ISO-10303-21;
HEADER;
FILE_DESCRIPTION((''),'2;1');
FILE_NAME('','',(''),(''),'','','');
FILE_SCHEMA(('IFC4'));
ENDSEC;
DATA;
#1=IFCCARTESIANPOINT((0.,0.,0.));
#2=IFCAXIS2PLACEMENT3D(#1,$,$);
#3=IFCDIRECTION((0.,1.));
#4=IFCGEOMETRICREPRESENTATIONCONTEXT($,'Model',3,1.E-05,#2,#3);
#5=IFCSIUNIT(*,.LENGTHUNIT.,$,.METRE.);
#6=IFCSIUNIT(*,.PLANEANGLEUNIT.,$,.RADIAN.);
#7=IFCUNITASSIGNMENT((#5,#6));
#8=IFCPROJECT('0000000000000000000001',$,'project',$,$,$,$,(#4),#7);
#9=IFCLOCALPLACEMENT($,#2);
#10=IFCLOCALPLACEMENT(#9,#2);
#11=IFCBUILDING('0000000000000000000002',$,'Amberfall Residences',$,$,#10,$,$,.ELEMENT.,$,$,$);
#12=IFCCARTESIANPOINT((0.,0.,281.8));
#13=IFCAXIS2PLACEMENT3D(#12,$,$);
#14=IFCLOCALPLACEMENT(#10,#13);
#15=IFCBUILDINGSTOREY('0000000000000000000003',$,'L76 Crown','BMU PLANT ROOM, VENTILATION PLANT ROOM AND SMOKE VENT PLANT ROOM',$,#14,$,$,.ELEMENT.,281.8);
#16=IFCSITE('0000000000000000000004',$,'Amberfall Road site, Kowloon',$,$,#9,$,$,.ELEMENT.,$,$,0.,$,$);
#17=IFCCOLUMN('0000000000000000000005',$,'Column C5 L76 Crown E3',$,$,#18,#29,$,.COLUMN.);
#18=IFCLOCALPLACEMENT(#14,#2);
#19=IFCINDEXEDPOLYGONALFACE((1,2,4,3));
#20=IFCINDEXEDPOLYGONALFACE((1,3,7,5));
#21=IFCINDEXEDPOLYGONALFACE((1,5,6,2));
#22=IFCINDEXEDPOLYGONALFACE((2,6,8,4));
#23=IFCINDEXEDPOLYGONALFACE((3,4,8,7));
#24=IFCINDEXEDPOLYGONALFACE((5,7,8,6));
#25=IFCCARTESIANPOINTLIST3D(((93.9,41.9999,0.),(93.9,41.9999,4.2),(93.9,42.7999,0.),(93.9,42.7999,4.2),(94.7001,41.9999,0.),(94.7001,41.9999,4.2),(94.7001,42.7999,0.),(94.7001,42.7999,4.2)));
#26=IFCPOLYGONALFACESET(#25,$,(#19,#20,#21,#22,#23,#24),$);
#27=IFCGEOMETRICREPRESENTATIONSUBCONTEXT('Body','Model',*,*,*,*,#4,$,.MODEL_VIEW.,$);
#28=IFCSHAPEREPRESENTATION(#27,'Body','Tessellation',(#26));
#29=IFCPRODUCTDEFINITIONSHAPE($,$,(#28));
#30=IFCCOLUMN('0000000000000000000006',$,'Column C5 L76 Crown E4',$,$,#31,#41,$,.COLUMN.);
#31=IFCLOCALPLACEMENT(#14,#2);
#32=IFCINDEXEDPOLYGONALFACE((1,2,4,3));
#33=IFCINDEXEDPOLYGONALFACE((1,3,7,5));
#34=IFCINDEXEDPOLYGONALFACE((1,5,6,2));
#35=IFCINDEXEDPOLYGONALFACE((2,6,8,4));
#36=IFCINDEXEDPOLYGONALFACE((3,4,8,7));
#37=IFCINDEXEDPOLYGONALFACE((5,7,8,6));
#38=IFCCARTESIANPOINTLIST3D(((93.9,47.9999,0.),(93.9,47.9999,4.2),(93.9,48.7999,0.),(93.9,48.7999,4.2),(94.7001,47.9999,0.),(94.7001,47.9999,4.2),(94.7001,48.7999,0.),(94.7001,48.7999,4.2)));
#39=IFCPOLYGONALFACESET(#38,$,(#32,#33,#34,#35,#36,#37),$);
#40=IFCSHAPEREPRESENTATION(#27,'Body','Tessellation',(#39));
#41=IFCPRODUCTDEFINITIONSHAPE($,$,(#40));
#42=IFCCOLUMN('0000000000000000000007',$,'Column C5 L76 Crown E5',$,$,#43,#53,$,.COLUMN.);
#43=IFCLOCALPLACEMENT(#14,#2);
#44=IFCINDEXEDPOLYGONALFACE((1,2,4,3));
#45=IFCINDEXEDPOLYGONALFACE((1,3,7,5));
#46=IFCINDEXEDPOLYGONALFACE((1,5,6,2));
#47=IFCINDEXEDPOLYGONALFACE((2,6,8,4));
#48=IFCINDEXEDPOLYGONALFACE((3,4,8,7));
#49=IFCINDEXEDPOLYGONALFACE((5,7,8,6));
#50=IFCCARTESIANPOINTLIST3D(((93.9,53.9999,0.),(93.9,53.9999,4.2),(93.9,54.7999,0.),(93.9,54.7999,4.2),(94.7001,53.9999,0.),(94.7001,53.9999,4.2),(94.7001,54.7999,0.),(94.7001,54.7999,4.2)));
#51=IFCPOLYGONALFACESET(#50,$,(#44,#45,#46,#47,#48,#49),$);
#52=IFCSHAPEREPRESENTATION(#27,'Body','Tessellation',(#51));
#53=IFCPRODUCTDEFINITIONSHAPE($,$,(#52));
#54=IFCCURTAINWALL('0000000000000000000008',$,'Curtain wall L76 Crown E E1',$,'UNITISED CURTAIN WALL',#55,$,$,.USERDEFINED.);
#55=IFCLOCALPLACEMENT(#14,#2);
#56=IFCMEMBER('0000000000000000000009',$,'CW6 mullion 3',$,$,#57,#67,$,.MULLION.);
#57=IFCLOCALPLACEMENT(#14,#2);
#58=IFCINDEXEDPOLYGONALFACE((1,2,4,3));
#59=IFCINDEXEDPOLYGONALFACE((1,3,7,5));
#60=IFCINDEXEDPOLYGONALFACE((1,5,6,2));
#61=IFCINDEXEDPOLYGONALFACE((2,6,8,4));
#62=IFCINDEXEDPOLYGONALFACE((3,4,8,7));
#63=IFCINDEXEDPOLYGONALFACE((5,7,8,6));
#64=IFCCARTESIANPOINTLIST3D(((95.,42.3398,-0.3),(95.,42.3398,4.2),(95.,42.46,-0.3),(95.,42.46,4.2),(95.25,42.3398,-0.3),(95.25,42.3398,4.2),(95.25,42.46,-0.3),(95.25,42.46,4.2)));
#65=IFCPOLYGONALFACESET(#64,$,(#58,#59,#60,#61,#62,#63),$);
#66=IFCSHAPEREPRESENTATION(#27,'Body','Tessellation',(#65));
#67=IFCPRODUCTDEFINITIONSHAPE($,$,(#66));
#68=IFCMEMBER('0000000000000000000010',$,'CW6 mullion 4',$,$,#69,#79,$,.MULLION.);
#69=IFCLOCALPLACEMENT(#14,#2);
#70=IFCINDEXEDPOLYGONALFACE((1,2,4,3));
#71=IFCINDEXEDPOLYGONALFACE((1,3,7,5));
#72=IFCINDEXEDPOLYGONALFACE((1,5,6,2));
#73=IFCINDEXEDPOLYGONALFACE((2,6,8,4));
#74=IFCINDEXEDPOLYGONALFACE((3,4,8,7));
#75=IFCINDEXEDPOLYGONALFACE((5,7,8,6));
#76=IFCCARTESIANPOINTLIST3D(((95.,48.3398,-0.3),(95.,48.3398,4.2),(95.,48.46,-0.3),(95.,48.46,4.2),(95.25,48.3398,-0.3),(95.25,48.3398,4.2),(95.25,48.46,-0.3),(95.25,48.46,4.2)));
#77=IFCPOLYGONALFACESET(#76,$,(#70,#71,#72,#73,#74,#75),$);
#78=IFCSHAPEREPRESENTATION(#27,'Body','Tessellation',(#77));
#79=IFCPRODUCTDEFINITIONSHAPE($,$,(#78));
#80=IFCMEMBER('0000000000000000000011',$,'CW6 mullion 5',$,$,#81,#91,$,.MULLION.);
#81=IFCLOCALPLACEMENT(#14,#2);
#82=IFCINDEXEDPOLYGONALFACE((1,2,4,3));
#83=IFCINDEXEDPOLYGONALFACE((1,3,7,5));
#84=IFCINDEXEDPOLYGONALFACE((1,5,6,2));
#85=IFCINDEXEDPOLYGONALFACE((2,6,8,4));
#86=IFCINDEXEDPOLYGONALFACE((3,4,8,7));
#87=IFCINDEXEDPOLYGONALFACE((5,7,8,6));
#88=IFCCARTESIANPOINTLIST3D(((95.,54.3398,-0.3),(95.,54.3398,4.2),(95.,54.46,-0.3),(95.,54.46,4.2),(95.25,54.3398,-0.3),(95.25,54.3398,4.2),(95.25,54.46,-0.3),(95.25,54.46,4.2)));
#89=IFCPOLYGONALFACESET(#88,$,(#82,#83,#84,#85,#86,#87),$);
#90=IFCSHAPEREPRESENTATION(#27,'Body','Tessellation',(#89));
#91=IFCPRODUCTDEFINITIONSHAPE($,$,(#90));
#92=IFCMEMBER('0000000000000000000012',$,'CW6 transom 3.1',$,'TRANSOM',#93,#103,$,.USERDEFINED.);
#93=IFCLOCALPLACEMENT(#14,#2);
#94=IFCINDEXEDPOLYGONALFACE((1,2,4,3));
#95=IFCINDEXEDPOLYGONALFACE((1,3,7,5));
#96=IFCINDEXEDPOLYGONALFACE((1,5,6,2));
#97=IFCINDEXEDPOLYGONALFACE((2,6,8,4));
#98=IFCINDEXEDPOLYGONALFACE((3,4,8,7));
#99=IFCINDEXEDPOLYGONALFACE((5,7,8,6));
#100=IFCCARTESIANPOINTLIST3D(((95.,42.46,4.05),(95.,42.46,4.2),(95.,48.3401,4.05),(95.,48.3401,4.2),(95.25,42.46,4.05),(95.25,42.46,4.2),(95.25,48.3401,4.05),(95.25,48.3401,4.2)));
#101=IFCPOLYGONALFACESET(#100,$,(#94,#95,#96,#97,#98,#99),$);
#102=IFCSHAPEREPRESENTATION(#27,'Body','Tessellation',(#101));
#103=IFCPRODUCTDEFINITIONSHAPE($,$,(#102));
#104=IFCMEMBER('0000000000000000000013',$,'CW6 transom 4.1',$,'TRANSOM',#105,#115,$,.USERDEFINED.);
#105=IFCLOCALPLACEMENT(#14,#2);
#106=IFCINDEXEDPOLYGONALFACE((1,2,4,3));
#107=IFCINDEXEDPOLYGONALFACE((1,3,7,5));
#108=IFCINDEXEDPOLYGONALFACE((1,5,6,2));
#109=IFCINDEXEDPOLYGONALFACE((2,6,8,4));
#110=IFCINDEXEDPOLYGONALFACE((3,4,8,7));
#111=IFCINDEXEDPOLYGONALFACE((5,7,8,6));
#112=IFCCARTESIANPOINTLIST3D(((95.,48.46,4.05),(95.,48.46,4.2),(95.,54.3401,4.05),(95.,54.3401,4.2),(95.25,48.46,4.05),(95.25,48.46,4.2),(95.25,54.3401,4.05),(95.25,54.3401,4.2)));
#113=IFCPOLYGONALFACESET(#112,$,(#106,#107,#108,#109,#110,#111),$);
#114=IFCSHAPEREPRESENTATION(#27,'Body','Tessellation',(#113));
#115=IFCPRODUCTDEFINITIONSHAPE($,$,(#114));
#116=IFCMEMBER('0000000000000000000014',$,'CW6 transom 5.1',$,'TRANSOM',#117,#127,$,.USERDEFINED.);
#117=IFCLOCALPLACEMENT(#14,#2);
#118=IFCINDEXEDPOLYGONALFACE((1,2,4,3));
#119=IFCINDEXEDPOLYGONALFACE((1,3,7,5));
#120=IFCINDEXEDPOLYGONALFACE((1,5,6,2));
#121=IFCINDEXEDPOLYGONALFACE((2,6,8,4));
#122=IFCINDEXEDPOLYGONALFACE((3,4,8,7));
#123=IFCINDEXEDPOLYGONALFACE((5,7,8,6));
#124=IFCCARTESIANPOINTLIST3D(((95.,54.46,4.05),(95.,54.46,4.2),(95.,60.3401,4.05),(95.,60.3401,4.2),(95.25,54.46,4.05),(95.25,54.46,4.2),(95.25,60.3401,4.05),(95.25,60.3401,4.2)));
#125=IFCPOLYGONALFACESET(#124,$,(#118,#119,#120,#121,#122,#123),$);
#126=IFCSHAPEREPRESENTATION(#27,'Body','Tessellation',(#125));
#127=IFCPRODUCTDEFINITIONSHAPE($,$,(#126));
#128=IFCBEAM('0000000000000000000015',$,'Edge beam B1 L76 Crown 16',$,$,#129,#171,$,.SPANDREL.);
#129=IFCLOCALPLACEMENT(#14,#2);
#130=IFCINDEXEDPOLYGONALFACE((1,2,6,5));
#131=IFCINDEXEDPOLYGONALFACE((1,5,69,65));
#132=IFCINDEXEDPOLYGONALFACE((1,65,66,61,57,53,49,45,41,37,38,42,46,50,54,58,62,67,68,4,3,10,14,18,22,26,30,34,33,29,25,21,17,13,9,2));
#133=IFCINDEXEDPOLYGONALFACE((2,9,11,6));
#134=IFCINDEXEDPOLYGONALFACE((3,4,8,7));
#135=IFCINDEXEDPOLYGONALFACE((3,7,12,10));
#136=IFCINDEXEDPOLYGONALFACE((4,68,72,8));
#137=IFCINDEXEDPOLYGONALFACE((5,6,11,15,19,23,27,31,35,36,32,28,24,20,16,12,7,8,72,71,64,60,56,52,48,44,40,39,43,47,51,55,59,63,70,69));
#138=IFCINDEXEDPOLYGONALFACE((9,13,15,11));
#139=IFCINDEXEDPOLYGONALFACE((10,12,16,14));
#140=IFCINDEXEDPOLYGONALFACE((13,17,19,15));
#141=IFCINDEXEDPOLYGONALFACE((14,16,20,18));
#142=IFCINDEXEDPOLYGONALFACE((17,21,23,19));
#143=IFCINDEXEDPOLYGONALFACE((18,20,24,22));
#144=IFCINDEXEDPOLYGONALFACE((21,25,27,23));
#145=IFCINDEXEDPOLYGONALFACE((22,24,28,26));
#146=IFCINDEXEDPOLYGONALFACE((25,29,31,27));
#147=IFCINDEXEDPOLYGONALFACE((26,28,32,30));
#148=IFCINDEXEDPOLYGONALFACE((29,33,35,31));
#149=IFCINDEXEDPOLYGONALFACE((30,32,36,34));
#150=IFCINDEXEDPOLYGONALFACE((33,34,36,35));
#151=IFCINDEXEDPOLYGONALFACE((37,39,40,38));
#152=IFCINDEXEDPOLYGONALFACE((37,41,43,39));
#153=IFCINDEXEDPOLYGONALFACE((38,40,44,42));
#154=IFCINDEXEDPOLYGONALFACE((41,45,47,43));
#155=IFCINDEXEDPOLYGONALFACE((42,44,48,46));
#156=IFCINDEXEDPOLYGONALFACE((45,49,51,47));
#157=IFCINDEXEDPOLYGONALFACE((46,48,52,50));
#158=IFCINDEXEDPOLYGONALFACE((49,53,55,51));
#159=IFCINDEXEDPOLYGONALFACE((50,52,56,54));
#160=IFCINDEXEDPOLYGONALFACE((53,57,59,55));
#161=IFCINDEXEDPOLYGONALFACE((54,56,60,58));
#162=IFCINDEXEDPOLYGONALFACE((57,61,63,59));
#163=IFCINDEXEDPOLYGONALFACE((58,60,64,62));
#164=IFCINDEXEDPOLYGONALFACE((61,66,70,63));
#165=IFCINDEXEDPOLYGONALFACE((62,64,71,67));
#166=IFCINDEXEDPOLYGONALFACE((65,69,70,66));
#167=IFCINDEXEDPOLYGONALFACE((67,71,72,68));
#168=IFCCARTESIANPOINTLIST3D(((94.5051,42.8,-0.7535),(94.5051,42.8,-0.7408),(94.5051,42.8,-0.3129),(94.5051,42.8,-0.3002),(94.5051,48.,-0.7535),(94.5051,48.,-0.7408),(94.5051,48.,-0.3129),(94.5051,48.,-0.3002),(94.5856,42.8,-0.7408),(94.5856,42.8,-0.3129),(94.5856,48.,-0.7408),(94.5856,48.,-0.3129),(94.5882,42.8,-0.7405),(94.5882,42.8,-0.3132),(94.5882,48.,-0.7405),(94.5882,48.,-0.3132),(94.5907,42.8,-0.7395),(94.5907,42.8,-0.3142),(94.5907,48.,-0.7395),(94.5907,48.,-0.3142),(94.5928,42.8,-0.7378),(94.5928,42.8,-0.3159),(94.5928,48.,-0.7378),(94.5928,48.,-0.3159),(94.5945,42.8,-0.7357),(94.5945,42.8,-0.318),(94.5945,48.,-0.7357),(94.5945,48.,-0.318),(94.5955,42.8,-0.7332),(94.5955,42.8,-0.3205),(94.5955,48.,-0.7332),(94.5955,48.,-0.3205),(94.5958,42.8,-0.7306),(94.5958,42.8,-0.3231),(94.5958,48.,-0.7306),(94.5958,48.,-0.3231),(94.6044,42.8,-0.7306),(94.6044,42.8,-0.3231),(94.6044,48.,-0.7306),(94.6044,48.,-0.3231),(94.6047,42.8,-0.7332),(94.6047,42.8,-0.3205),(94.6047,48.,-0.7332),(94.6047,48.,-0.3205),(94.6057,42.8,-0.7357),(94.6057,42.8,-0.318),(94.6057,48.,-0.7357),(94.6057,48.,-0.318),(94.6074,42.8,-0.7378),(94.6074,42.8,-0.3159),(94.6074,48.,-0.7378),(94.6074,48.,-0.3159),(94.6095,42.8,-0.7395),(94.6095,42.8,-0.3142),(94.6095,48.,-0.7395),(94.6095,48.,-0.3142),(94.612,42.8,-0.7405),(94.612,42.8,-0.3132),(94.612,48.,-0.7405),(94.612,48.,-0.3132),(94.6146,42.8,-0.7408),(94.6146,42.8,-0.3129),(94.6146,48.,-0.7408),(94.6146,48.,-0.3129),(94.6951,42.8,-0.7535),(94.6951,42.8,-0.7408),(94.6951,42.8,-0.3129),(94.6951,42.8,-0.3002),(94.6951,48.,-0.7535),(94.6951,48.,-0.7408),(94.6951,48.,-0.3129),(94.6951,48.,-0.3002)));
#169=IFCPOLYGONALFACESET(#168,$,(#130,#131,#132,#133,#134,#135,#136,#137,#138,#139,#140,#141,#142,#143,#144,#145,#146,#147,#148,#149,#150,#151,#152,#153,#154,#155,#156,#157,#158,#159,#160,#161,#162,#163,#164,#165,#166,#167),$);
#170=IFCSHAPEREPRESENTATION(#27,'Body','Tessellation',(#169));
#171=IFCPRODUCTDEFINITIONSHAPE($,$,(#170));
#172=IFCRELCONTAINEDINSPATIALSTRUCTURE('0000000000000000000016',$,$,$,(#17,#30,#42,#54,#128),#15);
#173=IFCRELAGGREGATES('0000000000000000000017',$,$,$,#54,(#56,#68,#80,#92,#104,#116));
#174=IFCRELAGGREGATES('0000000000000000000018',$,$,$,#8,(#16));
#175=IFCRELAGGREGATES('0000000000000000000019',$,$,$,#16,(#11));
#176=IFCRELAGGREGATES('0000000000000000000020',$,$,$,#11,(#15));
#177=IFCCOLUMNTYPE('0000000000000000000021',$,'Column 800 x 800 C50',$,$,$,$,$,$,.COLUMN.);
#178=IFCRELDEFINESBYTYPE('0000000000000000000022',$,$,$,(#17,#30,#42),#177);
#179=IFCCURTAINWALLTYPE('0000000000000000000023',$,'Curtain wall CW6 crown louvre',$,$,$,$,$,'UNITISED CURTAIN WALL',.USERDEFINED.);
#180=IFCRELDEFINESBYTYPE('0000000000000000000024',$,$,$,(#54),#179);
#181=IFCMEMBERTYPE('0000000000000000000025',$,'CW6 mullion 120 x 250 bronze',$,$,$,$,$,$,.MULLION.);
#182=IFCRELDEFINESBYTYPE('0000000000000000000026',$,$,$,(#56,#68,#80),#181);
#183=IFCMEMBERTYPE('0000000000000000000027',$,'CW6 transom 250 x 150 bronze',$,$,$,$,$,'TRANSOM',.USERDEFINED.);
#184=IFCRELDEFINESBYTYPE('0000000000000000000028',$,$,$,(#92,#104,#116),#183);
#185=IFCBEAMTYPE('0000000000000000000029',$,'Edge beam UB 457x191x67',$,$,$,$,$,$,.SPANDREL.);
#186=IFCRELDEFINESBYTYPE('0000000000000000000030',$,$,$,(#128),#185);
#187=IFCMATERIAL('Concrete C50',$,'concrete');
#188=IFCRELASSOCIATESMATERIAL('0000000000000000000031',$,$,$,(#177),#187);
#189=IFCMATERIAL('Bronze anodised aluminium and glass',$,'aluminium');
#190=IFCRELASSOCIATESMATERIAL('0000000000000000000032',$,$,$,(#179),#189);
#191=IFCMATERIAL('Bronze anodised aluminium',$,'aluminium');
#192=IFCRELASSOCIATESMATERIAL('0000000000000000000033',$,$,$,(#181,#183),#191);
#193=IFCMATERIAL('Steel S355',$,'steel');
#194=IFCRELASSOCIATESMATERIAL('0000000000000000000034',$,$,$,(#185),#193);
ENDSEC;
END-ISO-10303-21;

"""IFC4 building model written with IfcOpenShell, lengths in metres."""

from ifc_helpers import new_model, si_unit, direction, frame, origin, origin_2d, place, context, subcontext, project, spatial, rectangle, i_section, extrude, material, material_profile, profile_set, type_object, element, aggregate, save


model = new_model("IFC4")

# Units and contexts
model_context = context("Model", 3, precision=1e-05, world=origin(), true_north=direction((0.0, 1.0)))
body_context = subcontext(model_context, "Body", "Model", "MODEL_VIEW")
ifc_project = project(units=[si_unit("LENGTHUNIT", "METRE"), si_unit("PLANEANGLEUNIT", "RADIAN")], contexts=[model_context])

# Site, building, storey
site_placement = place(None, origin())
site = spatial("IfcSite", under=ifc_project, at=site_placement, Name="Amberfall Road site, Kowloon", CompositionType="ELEMENT", RefElevation=0.0)
building_placement = place(site_placement, origin())
building = spatial("IfcBuilding", under=site, at=building_placement, Name="Amberfall Residences", CompositionType="ELEMENT")
storey_placement = place(building_placement, frame((0.0, 0.0, 281.8)))
storey = spatial("IfcBuildingStorey", under=building, at=storey_placement, Name="L76 Crown", Description="BMU PLANT ROOM, VENTILATION PLANT ROOM AND SMOKE VENT PLANT ROOM", CompositionType="ELEMENT", Elevation=281.8)

# Columns
ifc_material_1 = material(Name="Concrete C50", Category="concrete")
ifc_material_profile_1 = material_profile(ifc_material_1, rectangle(XDim=0.8, YDim=0.8, at=origin_2d()), Name="Column 800 x 800 C50")
ifc_profile_set_1 = profile_set([ifc_material_profile_1], Name="Concrete C50")
column_type = type_object("IfcColumnType", Name="Column 800 x 800 C50", PredefinedType="COLUMN", material=ifc_profile_set_1)
for number, where, z_axis, x_axis, name in (
    (1, (94.3, 42.3999, 0.0), (0.0, 0.0, 1.0), (1.0, 0.0, 0.0), "Column C5 L76 Crown E3"),
    (2, (94.3, 48.3999, 0.0), (0.0, 0.0, 1.0), (1.0, 0.0, 0.0), "Column C5 L76 Crown E4"),
    (3, (94.3, 54.3999, 0.0), (0.0, 0.0, 1.0), (1.0, 0.0, 0.0), "Column C5 L76 Crown E5"),
):
    element("IfcColumn", number, at=place(storey_placement, frame(where, z_axis=z_axis, x_axis=x_axis)), inside=storey, type_object=column_type, Name=name, PredefinedType="COLUMN", context=body_context, shape_type="SweptSolid", body=[
        extrude(rectangle(XDim=0.8, YDim=0.8, at=origin_2d()), origin(), (0.0, 0.0, 1.0), 4.2),
    ])

# Curtain wall, members
ifc_material_2 = material(Name="Bronze anodised aluminium and glass", Category="aluminium")
curtain_wall_type = type_object("IfcCurtainWallType", Name="Curtain wall CW6 crown louvre", ElementType="UNITISED CURTAIN WALL", PredefinedType="USERDEFINED", material=ifc_material_2)
curtain_wall_placement = place(storey_placement, origin())
curtain_wall = element("IfcCurtainWall", 4, at=curtain_wall_placement, inside=storey, type_object=curtain_wall_type, Name="Curtain wall L76 Crown E E1", ObjectType="UNITISED CURTAIN WALL", PredefinedType="USERDEFINED")
ifc_material_3 = material(Name="Bronze anodised aluminium", Category="aluminium")
ifc_material_profile_2 = material_profile(ifc_material_3, rectangle(XDim=0.25, YDim=0.1201, at=origin_2d()), Name="CW6 mullion 120 x 250 bronze")
ifc_profile_set_2 = profile_set([ifc_material_profile_2], Name="Bronze anodised aluminium")
member_type_1 = type_object("IfcMemberType", Name="CW6 mullion 120 x 250 bronze", PredefinedType="MULLION", material=ifc_profile_set_2)
member_1_placement = place(storey_placement, frame((95.125, 42.3999, -0.3), z_axis=(0.0, 0.0, 1.0), x_axis=(-1.0, 0.0, 0.0)))
member_1 = element("IfcMember", 5, at=member_1_placement, type_object=member_type_1, Name="CW6 mullion 3", PredefinedType="MULLION", context=body_context, shape_type="SweptSolid", body=[
    extrude(rectangle(XDim=0.25, YDim=0.1201, at=origin_2d()), origin(), (0.0, 0.0, 1.0), 4.5),
])
member_2_placement = place(storey_placement, frame((95.125, 48.3999, -0.3), z_axis=(0.0, 0.0, 1.0), x_axis=(-1.0, 0.0, 0.0)))
member_2 = element("IfcMember", 6, at=member_2_placement, type_object=member_type_1, Name="CW6 mullion 4", PredefinedType="MULLION", context=body_context, shape_type="SweptSolid", body=[
    extrude(rectangle(XDim=0.25, YDim=0.1201, at=origin_2d()), origin(), (0.0, 0.0, 1.0), 4.5),
])
member_3_placement = place(storey_placement, frame((95.125, 54.3999, -0.3), z_axis=(0.0, 0.0, 1.0), x_axis=(-1.0, 0.0, 0.0)))
member_3 = element("IfcMember", 7, at=member_3_placement, type_object=member_type_1, Name="CW6 mullion 5", PredefinedType="MULLION", context=body_context, shape_type="SweptSolid", body=[
    extrude(rectangle(XDim=0.25, YDim=0.1201, at=origin_2d()), origin(), (0.0, 0.0, 1.0), 4.5),
])
ifc_material_profile_3 = material_profile(ifc_material_3, rectangle(XDim=0.25, YDim=0.1499, at=origin_2d()), Name="CW6 transom 250 x 150 bronze")
ifc_profile_set_3 = profile_set([ifc_material_profile_3], Name="Bronze anodised aluminium")
member_type_2 = type_object("IfcMemberType", Name="CW6 transom 250 x 150 bronze", ElementType="TRANSOM", PredefinedType="USERDEFINED", material=ifc_profile_set_3)
member_4_placement = place(storey_placement, frame((95.125, 42.46, 4.125), z_axis=(0.0, 1.0, 0.0), x_axis=(-1.0, 0.0, 0.0)))
member_4 = element("IfcMember", 8, at=member_4_placement, type_object=member_type_2, Name="CW6 transom 3.1", ObjectType="TRANSOM", PredefinedType="USERDEFINED", context=body_context, shape_type="SweptSolid", body=[
    extrude(rectangle(XDim=0.25, YDim=0.1499, at=origin_2d()), origin(), (0.0, 0.0, 1.0), 5.8801),
])
member_5_placement = place(storey_placement, frame((95.125, 48.46, 4.125), z_axis=(0.0, 1.0, 0.0), x_axis=(-1.0, 0.0, 0.0)))
member_5 = element("IfcMember", 9, at=member_5_placement, type_object=member_type_2, Name="CW6 transom 4.1", ObjectType="TRANSOM", PredefinedType="USERDEFINED", context=body_context, shape_type="SweptSolid", body=[
    extrude(rectangle(XDim=0.25, YDim=0.1499, at=origin_2d()), origin(), (0.0, 0.0, 1.0), 5.8801),
])
member_6_placement = place(storey_placement, frame((95.125, 54.46, 4.125), z_axis=(0.0, 1.0, 0.0), x_axis=(-1.0, 0.0, 0.0)))
member_6 = element("IfcMember", 10, at=member_6_placement, type_object=member_type_2, Name="CW6 transom 5.1", ObjectType="TRANSOM", PredefinedType="USERDEFINED", context=body_context, shape_type="SweptSolid", body=[
    extrude(rectangle(XDim=0.25, YDim=0.1499, at=origin_2d()), origin(), (0.0, 0.0, 1.0), 5.8801),
])

# Beam
ifc_material_4 = material(Name="Steel S355", Category="steel")
ifc_material_profile_4 = material_profile(ifc_material_4, i_section(OverallWidth=0.1899, OverallDepth=0.4534, WebThickness=0.0085, FlangeThickness=0.0127, FilletRadius=0.0103, at=origin_2d()), Name="UB 457x191x67")
ifc_profile_set_4 = profile_set([ifc_material_profile_4], Name="Steel S355")
beam_type_1 = type_object("IfcBeamType", Name="Edge beam UB 457x191x67", PredefinedType="SPANDREL", material=ifc_profile_set_4)
for number, where, z_axis, x_axis, name in (
    (11, (94.6001, 42.8, -0.5269), (0.0, 1.0, 0.0), (-1.0, 0.0, 0.0), "Edge beam B1 L76 Crown 16"),
):
    element("IfcBeam", number, at=place(storey_placement, frame(where, z_axis=z_axis, x_axis=x_axis)), inside=storey, type_object=beam_type_1, Name=name, PredefinedType="SPANDREL", context=body_context, shape_type="SweptSolid", body=[
        extrude(i_section(OverallWidth=0.1899, OverallDepth=0.4534, WebThickness=0.0085, FlangeThickness=0.0127, FilletRadius=0.0103, at=origin_2d()), origin(), (0.0, 0.0, 1.0), 5.2),
    ])

aggregate(curtain_wall, [member_1, member_2, member_3, member_4, member_5, member_6])

save(model, "model.ifc")
